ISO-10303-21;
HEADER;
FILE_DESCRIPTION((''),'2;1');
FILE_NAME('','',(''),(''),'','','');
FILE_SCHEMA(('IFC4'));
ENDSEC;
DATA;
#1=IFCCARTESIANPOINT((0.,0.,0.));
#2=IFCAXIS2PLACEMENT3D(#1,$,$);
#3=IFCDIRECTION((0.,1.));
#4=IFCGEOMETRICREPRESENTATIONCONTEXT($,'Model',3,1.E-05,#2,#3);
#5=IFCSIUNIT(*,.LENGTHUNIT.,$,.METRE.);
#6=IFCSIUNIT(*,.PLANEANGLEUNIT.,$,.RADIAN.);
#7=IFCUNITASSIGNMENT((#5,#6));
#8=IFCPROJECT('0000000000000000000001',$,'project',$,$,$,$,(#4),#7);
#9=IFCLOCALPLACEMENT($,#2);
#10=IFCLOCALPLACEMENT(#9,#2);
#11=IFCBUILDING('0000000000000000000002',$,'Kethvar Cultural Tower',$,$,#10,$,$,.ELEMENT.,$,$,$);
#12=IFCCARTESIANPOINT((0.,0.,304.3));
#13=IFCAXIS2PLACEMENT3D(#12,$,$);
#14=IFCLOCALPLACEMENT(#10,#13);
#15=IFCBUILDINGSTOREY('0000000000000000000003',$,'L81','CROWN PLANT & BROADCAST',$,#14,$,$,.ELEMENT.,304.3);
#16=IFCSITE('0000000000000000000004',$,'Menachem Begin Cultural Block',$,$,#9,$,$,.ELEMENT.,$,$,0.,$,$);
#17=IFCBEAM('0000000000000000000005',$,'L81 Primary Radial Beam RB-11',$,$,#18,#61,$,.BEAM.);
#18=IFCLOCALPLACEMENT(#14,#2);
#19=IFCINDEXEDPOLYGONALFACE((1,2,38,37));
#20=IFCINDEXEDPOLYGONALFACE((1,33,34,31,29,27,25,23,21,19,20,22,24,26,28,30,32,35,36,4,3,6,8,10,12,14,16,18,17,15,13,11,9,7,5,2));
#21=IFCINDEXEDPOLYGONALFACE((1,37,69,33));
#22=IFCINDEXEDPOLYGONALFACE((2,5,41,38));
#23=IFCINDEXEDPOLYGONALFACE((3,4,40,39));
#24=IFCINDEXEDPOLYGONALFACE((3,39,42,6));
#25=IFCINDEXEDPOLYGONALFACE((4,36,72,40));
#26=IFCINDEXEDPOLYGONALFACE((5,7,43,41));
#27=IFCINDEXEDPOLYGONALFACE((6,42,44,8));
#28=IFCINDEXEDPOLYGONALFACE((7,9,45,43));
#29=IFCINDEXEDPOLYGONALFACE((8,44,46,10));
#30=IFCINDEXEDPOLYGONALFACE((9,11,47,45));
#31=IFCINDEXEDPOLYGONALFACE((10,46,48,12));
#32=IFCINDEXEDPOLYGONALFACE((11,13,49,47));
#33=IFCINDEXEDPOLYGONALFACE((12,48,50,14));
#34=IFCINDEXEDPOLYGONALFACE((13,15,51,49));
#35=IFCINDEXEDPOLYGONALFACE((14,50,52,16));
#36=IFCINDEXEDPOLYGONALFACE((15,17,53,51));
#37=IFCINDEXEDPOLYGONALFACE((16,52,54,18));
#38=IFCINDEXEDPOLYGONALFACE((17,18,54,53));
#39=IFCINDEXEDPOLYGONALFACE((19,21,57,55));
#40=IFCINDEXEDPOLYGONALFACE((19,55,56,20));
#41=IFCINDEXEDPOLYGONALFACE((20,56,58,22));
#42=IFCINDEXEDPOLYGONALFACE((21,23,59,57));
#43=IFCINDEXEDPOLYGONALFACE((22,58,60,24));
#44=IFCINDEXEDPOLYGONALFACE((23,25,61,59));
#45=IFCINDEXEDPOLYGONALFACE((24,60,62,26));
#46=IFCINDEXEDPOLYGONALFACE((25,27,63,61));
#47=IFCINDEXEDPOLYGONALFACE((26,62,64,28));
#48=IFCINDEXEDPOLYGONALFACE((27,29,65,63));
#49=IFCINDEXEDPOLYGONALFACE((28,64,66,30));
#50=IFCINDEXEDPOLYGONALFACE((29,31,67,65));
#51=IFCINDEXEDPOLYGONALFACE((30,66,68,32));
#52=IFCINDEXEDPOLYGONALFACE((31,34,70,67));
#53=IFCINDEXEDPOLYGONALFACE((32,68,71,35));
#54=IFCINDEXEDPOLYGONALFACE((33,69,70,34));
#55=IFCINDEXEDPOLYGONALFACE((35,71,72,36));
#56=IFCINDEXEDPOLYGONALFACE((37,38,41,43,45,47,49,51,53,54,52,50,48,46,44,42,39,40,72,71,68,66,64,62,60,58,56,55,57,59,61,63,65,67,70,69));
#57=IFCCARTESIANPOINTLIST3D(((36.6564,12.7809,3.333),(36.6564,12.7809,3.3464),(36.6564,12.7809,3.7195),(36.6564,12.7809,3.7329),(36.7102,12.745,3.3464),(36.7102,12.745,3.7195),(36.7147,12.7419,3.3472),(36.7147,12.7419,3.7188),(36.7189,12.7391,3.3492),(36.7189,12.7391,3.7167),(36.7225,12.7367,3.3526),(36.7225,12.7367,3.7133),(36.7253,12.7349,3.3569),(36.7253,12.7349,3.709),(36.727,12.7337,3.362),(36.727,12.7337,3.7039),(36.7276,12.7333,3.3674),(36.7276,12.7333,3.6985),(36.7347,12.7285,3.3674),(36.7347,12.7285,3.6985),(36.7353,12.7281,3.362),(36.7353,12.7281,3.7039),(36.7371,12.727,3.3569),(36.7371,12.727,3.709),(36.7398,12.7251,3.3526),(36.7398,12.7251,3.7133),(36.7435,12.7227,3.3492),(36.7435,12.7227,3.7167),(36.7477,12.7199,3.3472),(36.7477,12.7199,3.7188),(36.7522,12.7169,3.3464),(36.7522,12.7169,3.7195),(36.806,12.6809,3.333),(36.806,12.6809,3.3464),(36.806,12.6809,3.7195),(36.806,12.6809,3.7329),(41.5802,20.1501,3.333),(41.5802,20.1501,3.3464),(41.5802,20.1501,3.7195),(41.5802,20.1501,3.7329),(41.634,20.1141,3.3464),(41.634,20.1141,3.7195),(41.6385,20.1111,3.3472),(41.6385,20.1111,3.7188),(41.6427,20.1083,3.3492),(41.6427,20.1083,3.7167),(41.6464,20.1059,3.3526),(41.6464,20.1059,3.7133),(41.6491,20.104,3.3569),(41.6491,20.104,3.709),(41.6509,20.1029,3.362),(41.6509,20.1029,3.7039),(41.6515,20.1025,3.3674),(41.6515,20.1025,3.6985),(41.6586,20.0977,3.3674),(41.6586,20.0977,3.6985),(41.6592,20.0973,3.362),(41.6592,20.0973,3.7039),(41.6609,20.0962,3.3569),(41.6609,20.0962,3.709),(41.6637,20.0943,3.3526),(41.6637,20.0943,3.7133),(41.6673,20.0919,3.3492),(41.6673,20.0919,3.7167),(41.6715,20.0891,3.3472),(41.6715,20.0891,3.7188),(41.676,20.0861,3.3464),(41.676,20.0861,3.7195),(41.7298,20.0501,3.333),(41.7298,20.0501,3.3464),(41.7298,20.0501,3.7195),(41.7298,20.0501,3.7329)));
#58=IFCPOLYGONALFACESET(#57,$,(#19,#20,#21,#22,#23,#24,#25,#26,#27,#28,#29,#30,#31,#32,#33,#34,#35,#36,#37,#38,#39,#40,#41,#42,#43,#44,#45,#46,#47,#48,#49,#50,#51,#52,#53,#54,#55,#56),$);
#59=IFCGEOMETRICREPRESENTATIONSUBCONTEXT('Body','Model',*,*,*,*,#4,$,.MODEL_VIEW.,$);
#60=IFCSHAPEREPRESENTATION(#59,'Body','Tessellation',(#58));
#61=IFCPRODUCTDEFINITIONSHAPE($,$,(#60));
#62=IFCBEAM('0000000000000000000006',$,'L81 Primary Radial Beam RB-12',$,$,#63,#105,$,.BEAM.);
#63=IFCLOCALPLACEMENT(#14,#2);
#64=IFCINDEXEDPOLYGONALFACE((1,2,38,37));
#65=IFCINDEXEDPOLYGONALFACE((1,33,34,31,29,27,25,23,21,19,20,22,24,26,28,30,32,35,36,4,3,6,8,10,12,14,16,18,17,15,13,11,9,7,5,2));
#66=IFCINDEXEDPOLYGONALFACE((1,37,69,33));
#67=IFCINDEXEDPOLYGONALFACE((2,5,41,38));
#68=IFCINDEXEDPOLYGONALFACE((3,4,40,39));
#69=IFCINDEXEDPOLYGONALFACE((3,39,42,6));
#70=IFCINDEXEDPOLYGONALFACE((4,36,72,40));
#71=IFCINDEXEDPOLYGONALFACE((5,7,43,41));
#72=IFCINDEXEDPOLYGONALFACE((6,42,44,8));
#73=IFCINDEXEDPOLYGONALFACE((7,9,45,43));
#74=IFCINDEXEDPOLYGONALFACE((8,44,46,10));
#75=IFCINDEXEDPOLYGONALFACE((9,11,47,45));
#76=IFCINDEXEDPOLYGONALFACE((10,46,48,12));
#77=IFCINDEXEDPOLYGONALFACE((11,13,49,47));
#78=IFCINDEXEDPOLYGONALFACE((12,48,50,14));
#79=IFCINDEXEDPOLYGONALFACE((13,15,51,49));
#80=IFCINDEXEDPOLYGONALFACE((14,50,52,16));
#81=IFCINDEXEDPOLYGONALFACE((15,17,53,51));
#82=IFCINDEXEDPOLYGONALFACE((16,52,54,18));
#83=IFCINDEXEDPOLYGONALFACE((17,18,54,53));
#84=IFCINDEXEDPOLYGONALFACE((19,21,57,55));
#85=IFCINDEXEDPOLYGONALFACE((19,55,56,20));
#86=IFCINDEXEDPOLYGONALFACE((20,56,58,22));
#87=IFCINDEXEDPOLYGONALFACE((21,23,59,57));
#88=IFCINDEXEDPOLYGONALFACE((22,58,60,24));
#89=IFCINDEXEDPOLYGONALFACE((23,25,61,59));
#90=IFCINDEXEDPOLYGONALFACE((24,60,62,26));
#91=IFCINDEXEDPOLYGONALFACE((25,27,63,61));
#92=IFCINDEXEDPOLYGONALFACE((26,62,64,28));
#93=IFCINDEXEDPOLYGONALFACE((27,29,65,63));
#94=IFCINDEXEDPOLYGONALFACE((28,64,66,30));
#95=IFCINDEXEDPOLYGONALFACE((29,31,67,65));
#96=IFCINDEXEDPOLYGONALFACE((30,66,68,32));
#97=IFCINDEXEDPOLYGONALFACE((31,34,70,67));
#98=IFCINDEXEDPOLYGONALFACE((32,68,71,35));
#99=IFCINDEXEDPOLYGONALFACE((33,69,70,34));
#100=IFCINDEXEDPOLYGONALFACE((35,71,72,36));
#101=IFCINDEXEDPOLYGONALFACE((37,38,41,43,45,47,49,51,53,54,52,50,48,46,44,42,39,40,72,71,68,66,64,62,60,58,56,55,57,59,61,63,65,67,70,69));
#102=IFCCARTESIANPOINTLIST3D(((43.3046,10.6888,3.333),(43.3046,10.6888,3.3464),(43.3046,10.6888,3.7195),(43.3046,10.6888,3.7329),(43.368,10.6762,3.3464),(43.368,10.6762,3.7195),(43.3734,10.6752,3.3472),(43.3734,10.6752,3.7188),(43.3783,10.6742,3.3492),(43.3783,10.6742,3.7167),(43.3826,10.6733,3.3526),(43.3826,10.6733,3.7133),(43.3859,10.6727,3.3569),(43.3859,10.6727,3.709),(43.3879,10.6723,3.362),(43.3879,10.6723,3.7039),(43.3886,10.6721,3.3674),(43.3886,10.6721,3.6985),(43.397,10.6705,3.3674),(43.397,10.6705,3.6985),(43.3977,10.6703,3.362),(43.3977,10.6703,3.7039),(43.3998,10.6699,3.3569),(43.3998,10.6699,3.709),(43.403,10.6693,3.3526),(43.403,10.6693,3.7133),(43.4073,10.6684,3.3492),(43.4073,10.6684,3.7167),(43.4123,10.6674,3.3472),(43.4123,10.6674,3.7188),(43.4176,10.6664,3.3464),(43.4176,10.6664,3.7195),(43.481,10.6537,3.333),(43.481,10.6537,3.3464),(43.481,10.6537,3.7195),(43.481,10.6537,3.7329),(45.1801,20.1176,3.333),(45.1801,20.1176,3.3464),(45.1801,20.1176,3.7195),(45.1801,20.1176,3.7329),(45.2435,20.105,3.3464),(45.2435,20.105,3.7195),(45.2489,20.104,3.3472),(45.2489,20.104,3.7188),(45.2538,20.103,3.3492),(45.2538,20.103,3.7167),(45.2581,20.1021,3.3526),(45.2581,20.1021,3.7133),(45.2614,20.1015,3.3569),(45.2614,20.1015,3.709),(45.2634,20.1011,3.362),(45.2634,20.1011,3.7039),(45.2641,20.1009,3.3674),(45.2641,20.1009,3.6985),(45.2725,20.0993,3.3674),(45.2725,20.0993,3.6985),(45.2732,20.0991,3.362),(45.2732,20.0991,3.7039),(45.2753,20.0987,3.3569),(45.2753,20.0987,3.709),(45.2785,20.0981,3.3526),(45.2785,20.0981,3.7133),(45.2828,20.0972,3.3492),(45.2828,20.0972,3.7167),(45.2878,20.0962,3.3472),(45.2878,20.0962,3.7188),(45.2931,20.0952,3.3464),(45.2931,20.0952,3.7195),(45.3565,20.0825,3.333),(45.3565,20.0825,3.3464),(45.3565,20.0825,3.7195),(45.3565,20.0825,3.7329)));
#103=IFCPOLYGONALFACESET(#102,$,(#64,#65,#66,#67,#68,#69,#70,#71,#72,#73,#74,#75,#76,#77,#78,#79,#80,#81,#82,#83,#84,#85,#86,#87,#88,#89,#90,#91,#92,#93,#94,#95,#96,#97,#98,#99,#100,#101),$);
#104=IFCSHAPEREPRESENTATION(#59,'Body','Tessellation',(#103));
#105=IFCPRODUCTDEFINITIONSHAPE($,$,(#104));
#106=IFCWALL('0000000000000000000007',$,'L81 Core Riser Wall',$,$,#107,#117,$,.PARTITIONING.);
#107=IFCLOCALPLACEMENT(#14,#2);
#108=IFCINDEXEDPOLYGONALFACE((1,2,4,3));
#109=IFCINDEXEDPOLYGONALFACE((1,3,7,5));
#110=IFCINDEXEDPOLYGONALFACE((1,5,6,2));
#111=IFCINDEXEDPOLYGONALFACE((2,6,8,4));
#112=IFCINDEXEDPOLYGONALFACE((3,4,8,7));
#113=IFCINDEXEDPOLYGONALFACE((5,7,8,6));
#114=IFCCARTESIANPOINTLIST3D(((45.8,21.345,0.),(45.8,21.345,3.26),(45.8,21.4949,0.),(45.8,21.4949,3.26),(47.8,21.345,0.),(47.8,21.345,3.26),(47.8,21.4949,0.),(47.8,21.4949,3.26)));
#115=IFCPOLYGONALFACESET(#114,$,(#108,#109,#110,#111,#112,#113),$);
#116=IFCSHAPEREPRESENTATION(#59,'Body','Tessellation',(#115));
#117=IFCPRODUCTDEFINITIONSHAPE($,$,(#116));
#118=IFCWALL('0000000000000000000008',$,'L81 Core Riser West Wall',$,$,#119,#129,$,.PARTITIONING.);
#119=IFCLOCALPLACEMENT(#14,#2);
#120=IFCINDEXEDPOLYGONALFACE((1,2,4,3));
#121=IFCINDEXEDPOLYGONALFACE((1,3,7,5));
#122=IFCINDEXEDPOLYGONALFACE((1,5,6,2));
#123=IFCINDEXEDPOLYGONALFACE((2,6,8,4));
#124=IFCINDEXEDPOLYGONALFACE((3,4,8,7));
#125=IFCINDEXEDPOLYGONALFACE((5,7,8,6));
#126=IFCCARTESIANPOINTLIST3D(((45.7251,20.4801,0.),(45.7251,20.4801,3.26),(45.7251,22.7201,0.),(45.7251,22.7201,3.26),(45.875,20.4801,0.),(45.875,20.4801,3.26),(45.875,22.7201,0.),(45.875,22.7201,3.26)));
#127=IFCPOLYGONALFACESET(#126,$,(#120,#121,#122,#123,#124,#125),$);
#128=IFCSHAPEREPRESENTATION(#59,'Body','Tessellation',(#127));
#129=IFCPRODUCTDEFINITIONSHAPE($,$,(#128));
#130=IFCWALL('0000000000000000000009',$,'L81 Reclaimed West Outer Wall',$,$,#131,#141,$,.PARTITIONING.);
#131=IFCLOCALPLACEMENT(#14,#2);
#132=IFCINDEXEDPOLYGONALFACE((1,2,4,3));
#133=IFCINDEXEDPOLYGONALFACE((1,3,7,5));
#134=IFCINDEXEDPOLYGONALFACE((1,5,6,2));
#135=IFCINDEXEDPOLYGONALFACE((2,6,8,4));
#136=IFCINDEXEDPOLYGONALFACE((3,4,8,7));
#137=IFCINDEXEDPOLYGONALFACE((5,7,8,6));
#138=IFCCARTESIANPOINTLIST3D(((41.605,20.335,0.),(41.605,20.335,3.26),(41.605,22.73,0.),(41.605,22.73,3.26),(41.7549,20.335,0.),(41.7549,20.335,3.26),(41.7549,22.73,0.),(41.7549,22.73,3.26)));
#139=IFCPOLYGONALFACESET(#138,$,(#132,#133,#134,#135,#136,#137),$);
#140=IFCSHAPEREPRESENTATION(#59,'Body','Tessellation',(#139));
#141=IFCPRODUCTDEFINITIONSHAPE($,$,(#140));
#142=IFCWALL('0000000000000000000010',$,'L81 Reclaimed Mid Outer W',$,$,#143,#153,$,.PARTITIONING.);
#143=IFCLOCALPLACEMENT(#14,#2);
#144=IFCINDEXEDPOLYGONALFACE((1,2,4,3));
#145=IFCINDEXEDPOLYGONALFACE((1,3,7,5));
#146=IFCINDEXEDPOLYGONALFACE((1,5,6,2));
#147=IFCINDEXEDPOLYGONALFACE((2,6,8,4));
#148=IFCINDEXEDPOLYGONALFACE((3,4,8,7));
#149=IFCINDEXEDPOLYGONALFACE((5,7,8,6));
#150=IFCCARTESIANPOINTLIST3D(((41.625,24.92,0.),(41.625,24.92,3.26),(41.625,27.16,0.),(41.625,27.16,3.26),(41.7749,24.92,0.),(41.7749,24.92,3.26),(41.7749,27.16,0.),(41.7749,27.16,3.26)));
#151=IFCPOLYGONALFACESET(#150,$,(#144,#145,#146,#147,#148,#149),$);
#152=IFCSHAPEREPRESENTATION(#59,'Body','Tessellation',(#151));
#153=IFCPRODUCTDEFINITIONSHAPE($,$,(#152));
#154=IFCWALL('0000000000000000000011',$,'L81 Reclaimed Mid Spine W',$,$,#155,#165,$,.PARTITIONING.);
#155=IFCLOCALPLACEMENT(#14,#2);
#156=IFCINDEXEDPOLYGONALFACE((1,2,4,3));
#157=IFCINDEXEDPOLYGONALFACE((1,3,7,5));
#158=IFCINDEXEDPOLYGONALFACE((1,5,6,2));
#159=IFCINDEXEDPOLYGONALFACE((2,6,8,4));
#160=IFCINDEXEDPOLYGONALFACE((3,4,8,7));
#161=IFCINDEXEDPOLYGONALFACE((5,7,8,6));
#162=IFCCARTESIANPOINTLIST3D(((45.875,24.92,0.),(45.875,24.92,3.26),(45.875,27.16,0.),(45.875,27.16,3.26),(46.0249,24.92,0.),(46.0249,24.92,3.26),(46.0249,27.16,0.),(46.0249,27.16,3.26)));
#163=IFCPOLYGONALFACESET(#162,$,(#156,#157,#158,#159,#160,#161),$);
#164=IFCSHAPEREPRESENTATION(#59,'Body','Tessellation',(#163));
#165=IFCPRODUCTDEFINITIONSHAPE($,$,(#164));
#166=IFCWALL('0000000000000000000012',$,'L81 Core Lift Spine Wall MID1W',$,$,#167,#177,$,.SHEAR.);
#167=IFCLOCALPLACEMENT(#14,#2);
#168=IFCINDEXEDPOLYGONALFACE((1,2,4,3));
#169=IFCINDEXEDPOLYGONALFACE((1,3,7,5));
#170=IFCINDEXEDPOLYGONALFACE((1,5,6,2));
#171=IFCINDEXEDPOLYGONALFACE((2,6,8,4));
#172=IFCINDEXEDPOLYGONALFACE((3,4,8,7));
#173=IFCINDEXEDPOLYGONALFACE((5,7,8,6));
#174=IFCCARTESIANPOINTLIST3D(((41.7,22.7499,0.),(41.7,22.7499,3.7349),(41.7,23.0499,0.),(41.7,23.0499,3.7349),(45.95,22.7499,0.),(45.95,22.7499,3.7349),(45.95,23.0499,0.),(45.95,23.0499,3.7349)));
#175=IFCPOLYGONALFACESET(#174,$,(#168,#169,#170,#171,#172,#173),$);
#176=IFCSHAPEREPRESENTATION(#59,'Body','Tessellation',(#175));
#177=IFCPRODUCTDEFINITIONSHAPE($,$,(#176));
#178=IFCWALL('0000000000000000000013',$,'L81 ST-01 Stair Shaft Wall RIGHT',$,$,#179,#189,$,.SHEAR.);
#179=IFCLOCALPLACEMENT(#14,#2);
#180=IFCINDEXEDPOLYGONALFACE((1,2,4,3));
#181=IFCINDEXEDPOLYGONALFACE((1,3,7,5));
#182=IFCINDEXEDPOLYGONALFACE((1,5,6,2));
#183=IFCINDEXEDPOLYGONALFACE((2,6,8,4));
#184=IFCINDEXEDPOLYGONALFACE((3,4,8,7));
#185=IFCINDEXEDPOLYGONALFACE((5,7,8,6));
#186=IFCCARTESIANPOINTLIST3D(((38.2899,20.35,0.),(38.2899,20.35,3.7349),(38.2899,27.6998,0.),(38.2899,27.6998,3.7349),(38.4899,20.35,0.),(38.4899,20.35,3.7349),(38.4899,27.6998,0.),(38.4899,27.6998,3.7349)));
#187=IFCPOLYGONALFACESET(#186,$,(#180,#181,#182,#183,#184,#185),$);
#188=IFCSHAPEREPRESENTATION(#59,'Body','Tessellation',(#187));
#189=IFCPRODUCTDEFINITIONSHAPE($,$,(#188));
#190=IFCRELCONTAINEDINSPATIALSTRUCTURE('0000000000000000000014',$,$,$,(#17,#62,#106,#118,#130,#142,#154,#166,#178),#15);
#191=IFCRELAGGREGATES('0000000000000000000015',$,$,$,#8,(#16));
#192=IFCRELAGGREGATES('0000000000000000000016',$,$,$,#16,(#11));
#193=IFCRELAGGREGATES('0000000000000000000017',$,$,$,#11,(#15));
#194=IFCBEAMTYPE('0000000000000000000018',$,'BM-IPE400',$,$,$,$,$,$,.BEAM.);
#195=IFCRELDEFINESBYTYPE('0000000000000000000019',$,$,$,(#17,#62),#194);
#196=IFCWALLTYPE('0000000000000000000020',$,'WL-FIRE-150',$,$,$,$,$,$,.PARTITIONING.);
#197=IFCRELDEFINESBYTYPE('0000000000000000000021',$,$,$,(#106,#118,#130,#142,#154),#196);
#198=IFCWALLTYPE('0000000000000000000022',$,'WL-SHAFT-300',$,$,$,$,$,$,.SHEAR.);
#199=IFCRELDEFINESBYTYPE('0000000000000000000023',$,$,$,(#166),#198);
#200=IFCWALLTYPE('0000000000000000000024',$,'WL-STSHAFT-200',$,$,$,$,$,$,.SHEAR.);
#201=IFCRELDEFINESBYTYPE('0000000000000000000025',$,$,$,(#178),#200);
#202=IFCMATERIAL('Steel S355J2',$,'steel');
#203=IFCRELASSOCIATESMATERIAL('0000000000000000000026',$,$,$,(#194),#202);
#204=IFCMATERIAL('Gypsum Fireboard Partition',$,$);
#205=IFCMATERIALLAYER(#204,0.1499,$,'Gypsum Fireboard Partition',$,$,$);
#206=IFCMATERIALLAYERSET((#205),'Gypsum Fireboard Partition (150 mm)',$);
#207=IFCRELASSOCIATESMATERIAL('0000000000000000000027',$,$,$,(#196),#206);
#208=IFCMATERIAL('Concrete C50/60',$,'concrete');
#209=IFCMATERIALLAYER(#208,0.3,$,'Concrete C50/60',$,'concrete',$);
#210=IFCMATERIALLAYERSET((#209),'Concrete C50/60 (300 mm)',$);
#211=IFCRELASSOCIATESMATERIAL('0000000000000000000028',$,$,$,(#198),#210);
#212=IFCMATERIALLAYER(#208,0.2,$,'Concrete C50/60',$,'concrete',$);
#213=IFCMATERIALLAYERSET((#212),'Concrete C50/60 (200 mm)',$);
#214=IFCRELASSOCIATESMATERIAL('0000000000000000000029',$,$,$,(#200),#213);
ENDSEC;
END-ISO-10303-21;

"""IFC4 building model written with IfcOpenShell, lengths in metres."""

from ifc_helpers import new_model, si_unit, direction, frame, frame_2d, origin, origin_2d, place, context, subcontext, project, spatial, rectangle, i_section, extrude, source, transform, mapped, material, layer, layer_set, material_profile, profile_set, type_object, element, save


model = new_model("IFC4")

# Units and contexts
model_context = context("Model", 3, precision=1e-05, world=origin(), true_north=direction((0.0, 1.0)))
body_context = subcontext(model_context, "Body", "Model", "MODEL_VIEW")
ifc_project = project(units=[si_unit("LENGTHUNIT", "METRE"), si_unit("PLANEANGLEUNIT", "RADIAN")], contexts=[model_context])

# Site, building, storey
site_placement = place(None, origin())
site = spatial("IfcSite", under=ifc_project, at=site_placement, Name="Menachem Begin Cultural Block", CompositionType="ELEMENT", RefElevation=0.0)
building_placement = place(site_placement, origin())
building = spatial("IfcBuilding", under=site, at=building_placement, Name="Kethvar Cultural Tower", CompositionType="ELEMENT")
storey_placement = place(building_placement, frame((0.0, 0.0, 304.3)))
storey = spatial("IfcBuildingStorey", under=building, at=storey_placement, Name="L81", Description="CROWN PLANT & BROADCAST", CompositionType="ELEMENT", Elevation=304.3)

# Beams
ifc_material_1 = material(Name="Steel S355J2", Category="steel")
ifc_material_profile_1 = material_profile(ifc_material_1, i_section(OverallWidth=0.1799, OverallDepth=0.3999, WebThickness=0.0085, FlangeThickness=0.0134, FilletRadius=0.021, at=origin_2d()), Name="Steel S355J2 — IPE400")
ifc_profile_set_1 = profile_set([ifc_material_profile_1], Name="Steel S355J2 — IPE400")
beam_type_1 = type_object("IfcBeamType", Name="BM-IPE400", PredefinedType="BEAM", material=ifc_profile_set_1)
shared_shape_1 = source(origin(), body_context, "Body", "SweptSolid", [
    extrude(i_section(OverallWidth=0.1799, OverallDepth=0.3999, WebThickness=0.0085, FlangeThickness=0.0134, FilletRadius=0.021, at=origin_2d()), origin(), (0.0, 0.0, 1.0), 8.8628),
])
beam_1_placement = place(storey_placement, frame((41.655, 20.1001, 3.533), z_axis=(-0.555564, -0.831473, 0.0), x_axis=(0.831473, -0.555564, 0.0)))
element("IfcBeam", 1, at=beam_1_placement, inside=storey, type_object=beam_type_1, Name="L81 Primary Radial Beam RB-11", PredefinedType="BEAM", context=body_context, shape_type="MappedRepresentation", body=[
    mapped(shared_shape_1, transform((0.0, 0.0, 0.0), scale=1.0)),
])
shared_shape_2 = source(origin(), body_context, "Body", "SweptSolid", [
    extrude(i_section(OverallWidth=0.1799, OverallDepth=0.3999, WebThickness=0.0085, FlangeThickness=0.0134, FilletRadius=0.021, at=origin_2d()), origin(), (0.0, 0.0, 1.0), 9.6135),
])
beam_2_placement = place(storey_placement, frame((45.2683, 20.1001, 3.533), z_axis=(-0.19509, -0.980785, 0.0), x_axis=(0.980785, -0.19509, 0.0)))
element("IfcBeam", 2, at=beam_2_placement, inside=storey, type_object=beam_type_1, Name="L81 Primary Radial Beam RB-12", PredefinedType="BEAM", context=body_context, shape_type="MappedRepresentation", body=[
    mapped(shared_shape_2, transform((0.0, 0.0, 0.0), scale=1.0)),
])

# Walls
ifc_material_2 = material(Name="Gypsum Fireboard Partition")
ifc_layer_1 = layer(ifc_material_2, 0.1499, Name="Gypsum Fireboard Partition")
ifc_layer_set_1 = layer_set([ifc_layer_1], Name="Gypsum Fireboard Partition (150 mm)")
wall_type_1 = type_object("IfcWallType", Name="WL-FIRE-150", PredefinedType="PARTITIONING", material=ifc_layer_set_1)
wall_1_placement = place(storey_placement, frame((45.8, 21.4199, 0.0), z_axis=(0.0, 0.0, 1.0), x_axis=(1.0, 0.0, 0.0)))
element("IfcWall", 3, at=wall_1_placement, inside=storey, type_object=wall_type_1, Name="L81 Core Riser Wall", PredefinedType="PARTITIONING", context=body_context, shape_type="SweptSolid", body=[
    extrude(rectangle(XDim=2.0, YDim=0.1499, at=frame_2d((1.0, 0.0))), origin(), (0.0, 0.0, 1.0), 3.26),
])
wall_2_placement = place(storey_placement, frame((45.8, 20.48, 0.0), z_axis=(0.0, 0.0, 1.0), x_axis=(0.0, 1.0, 0.0)))
element("IfcWall", 4, at=wall_2_placement, inside=storey, type_object=wall_type_1, Name="L81 Core Riser West Wall", PredefinedType="PARTITIONING", context=body_context, shape_type="SweptSolid", body=[
    extrude(rectangle(XDim=2.24, YDim=0.1499, at=frame_2d((1.1201, 0.0))), origin(), (0.0, 0.0, 1.0), 3.26),
])
wall_3_placement = place(storey_placement, frame((41.6799, 20.335, 0.0), z_axis=(0.0, 0.0, 1.0), x_axis=(0.0, 1.0, 0.0)))
element("IfcWall", 5, at=wall_3_placement, inside=storey, type_object=wall_type_1, Name="L81 Reclaimed West Outer Wall", PredefinedType="PARTITIONING", context=body_context, shape_type="SweptSolid", body=[
    extrude(rectangle(XDim=2.395, YDim=0.1499, at=frame_2d((1.1975, 0.0))), origin(), (0.0, 0.0, 1.0), 3.26),
])
for number, where, z_axis, x_axis, name in (
    (6, (41.7, 24.9199, 0.0), (0.0, 0.0, 1.0), (0.0, 1.0, 0.0), "L81 Reclaimed Mid Outer W"),
    (7, (45.95, 24.9199, 0.0), (0.0, 0.0, 1.0), (0.0, 1.0, 0.0), "L81 Reclaimed Mid Spine W"),
):
    element("IfcWall", number, at=place(storey_placement, frame(where, z_axis=z_axis, x_axis=x_axis)), inside=storey, type_object=wall_type_1, Name=name, PredefinedType="PARTITIONING", context=body_context, shape_type="SweptSolid", body=[
        extrude(rectangle(XDim=2.24, YDim=0.1499, at=frame_2d((1.1201, 0.0))), origin(), (0.0, 0.0, 1.0), 3.26),
    ])
ifc_material_3 = material(Name="Concrete C50/60", Category="concrete")
ifc_layer_2 = layer(ifc_material_3, 0.3, Name="Concrete C50/60", Category="concrete")
ifc_layer_set_2 = layer_set([ifc_layer_2], Name="Concrete C50/60 (300 mm)")
wall_type_2 = type_object("IfcWallType", Name="WL-SHAFT-300", PredefinedType="SHEAR", material=ifc_layer_set_2)
wall_4_placement = place(storey_placement, frame((41.7, 22.8999, 0.0), z_axis=(0.0, 0.0, 1.0), x_axis=(1.0, 0.0, 0.0)))
element("IfcWall", 8, at=wall_4_placement, inside=storey, type_object=wall_type_2, Name="L81 Core Lift Spine Wall MID1W", PredefinedType="SHEAR", context=body_context, shape_type="SweptSolid", body=[
    extrude(rectangle(XDim=4.25, YDim=0.3, at=frame_2d((2.125, 0.0))), origin(), (0.0, 0.0, 1.0), 3.7349),
])

# Wall
ifc_layer_3 = layer(ifc_material_3, 0.2, Name="Concrete C50/60", Category="concrete")
ifc_layer_set_3 = layer_set([ifc_layer_3], Name="Concrete C50/60 (200 mm)")
wall_type_3 = type_object("IfcWallType", Name="WL-STSHAFT-200", PredefinedType="SHEAR", material=ifc_layer_set_3)
wall_5_placement = place(storey_placement, frame((38.3899, 20.3501, 0.0), z_axis=(0.0, 0.0, 1.0), x_axis=(0.0, 1.0, 0.0)))
element("IfcWall", 9, at=wall_5_placement, inside=storey, type_object=wall_type_3, Name="L81 ST-01 Stair Shaft Wall RIGHT", PredefinedType="SHEAR", context=body_context, shape_type="SweptSolid", body=[
    extrude(rectangle(XDim=7.3499, YDim=0.2, at=frame_2d((3.6748, 0.0))), origin(), (0.0, 0.0, 1.0), 3.7349),
])

save(model, "model.ifc")
